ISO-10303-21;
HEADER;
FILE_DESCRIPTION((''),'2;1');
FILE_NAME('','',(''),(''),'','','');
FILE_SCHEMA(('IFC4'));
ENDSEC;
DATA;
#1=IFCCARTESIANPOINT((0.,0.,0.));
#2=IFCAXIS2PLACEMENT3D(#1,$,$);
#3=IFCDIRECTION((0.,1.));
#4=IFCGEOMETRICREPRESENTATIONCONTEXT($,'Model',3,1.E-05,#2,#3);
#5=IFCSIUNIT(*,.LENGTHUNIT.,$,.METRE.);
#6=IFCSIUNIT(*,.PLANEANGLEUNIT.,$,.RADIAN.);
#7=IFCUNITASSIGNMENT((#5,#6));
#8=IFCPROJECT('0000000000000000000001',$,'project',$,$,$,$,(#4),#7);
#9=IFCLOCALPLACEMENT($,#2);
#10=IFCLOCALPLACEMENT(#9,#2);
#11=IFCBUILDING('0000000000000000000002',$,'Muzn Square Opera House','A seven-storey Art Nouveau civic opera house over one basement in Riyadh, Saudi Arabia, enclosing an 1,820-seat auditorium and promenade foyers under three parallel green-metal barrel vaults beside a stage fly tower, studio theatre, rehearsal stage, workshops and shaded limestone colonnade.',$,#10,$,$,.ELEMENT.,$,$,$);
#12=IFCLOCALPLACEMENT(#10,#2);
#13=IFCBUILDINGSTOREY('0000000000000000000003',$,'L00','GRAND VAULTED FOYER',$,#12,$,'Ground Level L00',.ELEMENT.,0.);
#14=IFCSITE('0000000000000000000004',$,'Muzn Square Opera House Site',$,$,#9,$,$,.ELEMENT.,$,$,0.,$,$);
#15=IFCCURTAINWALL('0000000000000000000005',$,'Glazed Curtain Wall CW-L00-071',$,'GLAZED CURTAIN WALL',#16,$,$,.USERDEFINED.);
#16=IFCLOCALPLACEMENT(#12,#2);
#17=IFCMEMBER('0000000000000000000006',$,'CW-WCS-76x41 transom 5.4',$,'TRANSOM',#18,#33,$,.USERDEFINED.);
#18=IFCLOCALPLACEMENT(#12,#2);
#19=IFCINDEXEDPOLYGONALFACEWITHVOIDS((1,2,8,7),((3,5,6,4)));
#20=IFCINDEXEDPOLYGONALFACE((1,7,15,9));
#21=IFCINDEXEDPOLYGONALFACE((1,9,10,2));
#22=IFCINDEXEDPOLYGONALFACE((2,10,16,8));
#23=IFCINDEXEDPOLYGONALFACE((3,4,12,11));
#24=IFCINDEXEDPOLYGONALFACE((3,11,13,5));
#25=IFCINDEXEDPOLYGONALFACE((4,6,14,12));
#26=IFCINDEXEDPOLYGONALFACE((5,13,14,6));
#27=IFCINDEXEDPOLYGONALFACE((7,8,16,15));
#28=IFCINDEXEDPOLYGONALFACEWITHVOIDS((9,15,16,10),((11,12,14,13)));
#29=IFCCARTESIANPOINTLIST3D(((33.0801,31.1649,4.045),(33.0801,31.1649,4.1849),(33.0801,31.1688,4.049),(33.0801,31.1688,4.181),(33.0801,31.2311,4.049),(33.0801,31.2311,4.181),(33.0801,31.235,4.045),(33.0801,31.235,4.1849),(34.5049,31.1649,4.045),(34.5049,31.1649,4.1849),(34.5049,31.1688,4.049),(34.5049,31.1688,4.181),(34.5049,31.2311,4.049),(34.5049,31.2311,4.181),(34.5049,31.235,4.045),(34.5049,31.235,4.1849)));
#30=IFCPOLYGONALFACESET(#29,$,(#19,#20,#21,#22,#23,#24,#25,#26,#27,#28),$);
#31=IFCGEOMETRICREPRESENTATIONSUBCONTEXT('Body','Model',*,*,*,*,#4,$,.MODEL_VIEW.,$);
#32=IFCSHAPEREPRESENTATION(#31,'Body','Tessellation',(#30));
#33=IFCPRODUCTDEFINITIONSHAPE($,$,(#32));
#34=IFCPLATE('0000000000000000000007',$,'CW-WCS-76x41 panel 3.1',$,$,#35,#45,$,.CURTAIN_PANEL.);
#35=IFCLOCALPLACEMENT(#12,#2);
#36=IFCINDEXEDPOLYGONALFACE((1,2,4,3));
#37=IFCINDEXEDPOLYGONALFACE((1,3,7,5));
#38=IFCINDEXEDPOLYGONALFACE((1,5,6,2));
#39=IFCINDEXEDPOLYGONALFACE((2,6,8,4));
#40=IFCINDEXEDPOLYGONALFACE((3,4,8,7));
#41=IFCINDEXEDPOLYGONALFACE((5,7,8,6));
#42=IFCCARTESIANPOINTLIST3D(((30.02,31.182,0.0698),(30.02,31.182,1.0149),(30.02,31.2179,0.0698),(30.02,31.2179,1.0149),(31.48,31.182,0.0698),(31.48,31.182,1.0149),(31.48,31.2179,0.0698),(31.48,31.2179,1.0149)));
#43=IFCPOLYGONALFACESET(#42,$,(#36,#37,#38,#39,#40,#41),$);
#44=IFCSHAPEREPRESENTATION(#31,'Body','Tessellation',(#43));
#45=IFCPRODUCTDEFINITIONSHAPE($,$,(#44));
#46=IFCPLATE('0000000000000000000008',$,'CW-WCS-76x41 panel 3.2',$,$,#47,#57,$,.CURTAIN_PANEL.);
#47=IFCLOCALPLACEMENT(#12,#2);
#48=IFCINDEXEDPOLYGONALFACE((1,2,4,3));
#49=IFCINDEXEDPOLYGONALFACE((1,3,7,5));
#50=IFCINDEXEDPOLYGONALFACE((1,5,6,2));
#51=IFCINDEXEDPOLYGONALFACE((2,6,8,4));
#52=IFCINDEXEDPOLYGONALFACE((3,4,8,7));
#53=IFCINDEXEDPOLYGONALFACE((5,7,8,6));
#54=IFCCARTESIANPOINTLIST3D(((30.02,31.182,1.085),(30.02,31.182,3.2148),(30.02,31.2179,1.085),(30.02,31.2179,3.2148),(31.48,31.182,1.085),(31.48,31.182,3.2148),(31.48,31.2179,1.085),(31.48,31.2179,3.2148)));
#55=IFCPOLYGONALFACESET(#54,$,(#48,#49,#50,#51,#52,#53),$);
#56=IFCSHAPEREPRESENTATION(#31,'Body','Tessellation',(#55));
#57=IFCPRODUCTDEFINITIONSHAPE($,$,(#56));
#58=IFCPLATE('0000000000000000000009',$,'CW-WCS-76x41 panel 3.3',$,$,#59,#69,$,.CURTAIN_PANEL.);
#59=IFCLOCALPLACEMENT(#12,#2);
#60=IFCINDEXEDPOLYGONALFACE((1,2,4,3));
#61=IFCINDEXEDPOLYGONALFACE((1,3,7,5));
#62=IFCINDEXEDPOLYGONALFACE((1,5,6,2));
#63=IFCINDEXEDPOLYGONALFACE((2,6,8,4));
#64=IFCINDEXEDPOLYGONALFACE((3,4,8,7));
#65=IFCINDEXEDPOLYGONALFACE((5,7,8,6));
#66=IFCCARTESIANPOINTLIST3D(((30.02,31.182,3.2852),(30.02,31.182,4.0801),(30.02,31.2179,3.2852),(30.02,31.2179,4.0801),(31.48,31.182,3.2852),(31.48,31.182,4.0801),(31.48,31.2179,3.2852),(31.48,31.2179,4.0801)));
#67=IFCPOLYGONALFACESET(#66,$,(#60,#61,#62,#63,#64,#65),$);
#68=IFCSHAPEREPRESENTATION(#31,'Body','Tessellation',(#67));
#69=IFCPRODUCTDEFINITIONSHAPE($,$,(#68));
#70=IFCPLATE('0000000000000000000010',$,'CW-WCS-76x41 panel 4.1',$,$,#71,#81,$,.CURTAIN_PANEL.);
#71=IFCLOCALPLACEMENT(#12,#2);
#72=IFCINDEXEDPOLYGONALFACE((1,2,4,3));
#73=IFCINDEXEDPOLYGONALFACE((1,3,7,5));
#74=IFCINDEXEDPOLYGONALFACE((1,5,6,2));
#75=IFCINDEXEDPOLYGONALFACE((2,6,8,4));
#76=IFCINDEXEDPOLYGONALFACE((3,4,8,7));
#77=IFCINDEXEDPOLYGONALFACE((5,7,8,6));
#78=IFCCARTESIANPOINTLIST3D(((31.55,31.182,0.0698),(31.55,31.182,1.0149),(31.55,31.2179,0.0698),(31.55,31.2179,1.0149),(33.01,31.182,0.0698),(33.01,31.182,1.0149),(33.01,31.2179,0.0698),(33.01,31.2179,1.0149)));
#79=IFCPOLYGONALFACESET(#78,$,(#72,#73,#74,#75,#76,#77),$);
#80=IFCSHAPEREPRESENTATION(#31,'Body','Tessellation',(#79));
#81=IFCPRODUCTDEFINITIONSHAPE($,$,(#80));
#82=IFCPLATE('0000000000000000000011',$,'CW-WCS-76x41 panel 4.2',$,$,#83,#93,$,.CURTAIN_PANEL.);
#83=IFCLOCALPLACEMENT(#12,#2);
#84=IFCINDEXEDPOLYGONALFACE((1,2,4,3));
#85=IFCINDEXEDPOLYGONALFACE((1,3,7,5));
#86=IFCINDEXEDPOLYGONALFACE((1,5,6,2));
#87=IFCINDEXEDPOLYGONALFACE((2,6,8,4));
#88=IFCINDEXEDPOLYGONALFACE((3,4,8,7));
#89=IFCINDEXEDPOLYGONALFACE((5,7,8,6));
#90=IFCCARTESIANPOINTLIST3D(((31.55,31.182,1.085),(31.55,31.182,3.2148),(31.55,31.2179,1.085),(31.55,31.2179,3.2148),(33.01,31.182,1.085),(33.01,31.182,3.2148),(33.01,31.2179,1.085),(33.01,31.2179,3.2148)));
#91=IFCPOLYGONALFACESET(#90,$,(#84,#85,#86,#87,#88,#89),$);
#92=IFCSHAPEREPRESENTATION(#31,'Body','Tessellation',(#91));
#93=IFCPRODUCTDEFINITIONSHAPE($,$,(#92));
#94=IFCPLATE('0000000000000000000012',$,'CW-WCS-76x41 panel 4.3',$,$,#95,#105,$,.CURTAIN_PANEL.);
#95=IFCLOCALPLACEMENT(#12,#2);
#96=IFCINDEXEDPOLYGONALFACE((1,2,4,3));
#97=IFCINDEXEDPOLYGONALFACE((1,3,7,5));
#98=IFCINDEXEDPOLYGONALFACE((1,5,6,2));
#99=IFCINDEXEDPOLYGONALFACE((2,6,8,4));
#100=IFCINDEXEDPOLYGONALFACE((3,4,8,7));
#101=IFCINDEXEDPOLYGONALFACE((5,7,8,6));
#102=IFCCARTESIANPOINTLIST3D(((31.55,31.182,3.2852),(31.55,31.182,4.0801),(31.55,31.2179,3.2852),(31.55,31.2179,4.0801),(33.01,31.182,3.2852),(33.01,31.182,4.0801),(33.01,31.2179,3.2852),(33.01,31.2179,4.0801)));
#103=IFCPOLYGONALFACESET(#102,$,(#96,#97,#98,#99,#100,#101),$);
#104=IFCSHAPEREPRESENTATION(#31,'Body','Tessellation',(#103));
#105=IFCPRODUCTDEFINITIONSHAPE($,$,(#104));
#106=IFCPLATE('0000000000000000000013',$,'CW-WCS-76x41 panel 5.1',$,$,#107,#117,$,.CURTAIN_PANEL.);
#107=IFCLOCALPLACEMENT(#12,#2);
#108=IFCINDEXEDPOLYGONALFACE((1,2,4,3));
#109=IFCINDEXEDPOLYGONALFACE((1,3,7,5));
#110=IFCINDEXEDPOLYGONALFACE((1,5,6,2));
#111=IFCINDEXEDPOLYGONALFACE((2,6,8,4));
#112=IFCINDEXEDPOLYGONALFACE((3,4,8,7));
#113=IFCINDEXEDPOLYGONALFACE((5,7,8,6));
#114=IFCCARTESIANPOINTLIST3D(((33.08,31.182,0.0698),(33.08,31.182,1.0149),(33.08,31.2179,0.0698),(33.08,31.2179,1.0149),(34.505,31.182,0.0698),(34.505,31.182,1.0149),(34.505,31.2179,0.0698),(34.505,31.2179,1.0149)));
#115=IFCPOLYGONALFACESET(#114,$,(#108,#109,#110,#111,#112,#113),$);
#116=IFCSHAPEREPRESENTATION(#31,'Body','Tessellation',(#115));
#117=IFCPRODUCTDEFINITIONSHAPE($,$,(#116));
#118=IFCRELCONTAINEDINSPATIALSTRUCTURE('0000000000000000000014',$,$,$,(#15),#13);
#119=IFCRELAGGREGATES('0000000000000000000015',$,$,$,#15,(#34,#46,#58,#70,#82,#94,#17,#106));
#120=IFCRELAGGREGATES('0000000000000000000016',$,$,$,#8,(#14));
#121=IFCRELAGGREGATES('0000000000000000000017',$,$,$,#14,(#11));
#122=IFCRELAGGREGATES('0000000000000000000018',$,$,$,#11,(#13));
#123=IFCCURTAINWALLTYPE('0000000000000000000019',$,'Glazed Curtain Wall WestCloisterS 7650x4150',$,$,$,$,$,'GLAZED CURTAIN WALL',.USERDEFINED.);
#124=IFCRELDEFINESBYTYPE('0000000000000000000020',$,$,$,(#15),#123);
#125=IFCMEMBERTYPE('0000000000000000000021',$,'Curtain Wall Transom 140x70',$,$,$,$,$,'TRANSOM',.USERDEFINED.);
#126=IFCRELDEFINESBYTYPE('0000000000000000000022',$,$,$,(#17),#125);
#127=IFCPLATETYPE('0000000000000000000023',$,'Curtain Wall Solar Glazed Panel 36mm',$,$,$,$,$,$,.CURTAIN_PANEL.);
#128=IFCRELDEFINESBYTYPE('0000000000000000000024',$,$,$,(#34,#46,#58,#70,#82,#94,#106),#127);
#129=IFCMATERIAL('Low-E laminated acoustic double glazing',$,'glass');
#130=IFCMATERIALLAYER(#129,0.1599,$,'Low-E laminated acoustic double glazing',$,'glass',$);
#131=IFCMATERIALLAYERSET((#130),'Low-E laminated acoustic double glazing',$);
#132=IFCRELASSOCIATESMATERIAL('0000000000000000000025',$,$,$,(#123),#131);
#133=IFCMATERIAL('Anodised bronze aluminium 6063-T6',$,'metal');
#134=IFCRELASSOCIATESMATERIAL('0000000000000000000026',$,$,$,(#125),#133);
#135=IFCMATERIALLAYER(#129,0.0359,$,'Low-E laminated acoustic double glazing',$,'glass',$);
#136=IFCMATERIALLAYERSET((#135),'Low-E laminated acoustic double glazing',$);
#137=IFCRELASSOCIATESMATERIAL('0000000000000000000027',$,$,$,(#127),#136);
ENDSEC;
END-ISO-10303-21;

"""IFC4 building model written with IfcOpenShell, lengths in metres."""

from ifc_helpers import new_model, si_unit, direction, frame, origin, origin_2d, place, context, subcontext, project, spatial, rectangle, hollow_rectangle, extrude, material, layer, layer_set, material_profile, profile_set, type_object, element, aggregate, save


model = new_model("IFC4")

# Units and contexts
model_context = context("Model", 3, precision=1e-05, world=origin(), true_north=direction((0.0, 1.0)))
body_context = subcontext(model_context, "Body", "Model", "MODEL_VIEW")
ifc_project = project(units=[si_unit("LENGTHUNIT", "METRE"), si_unit("PLANEANGLEUNIT", "RADIAN")], contexts=[model_context])

# Site, building, storey
site_placement = place(None, origin())
site = spatial("IfcSite", under=ifc_project, at=site_placement, Name="Muzn Square Opera House Site", CompositionType="ELEMENT", RefElevation=0.0)
building_placement = place(site_placement, origin())
building = spatial("IfcBuilding", under=site, at=building_placement, Name="Muzn Square Opera House", Description="A seven-storey Art Nouveau civic opera house over one basement in Riyadh, Saudi Arabia, enclosing an 1,820-seat auditorium and promenade foyers under three parallel green-metal barrel vaults beside a stage fly tower, studio theatre, rehearsal stage, workshops and shaded limestone colonnade.", CompositionType="ELEMENT")
storey_placement = place(building_placement, origin())
storey = spatial("IfcBuildingStorey", under=building, at=storey_placement, Name="L00", Description="GRAND VAULTED FOYER", LongName="Ground Level L00", CompositionType="ELEMENT", Elevation=0.0)

# Curtain wall, member, plates
ifc_material_1 = material(Name="Low-E laminated acoustic double glazing", Category="glass")
ifc_layer_1 = layer(ifc_material_1, 0.1599, Name="Low-E laminated acoustic double glazing", Category="glass")
ifc_layer_set_1 = layer_set([ifc_layer_1], Name="Low-E laminated acoustic double glazing")
curtain_wall_type = type_object("IfcCurtainWallType", Name="Glazed Curtain Wall WestCloisterS 7650x4150", ElementType="GLAZED CURTAIN WALL", PredefinedType="USERDEFINED", material=ifc_layer_set_1)
curtain_wall_placement = place(storey_placement, origin())
curtain_wall = element("IfcCurtainWall", 1, at=curtain_wall_placement, inside=storey, type_object=curtain_wall_type, Name="Glazed Curtain Wall CW-L00-071", ObjectType="GLAZED CURTAIN WALL", PredefinedType="USERDEFINED")
ifc_material_2 = material(Name="Anodised bronze aluminium 6063-T6", Category="metal")
ifc_material_profile_1 = material_profile(ifc_material_2, hollow_rectangle(XDim=0.0701, YDim=0.1399, WallThickness=0.0039, at=origin_2d()), Name="ALU 140x70x4", Category="metal")
ifc_profile_set_1 = profile_set([ifc_material_profile_1], Name="Anodised bronze aluminium 6063-T6")
member_type_1 = type_object("IfcMemberType", Name="Curtain Wall Transom 140x70", ElementType="TRANSOM", PredefinedType="USERDEFINED", material=ifc_profile_set_1)
member_1_placement = place(storey_placement, frame((33.0801, 31.2, 4.115), z_axis=(1.0, 0.0, 0.0), x_axis=(0.0, 1.0, 0.0)))
member_1 = element("IfcMember", 2, at=member_1_placement, type_object=member_type_1, Name="CW-WCS-76x41 transom 5.4", ObjectType="TRANSOM", PredefinedType="USERDEFINED", context=body_context, shape_type="SweptSolid", body=[
    extrude(hollow_rectangle(XDim=0.0701, YDim=0.1399, WallThickness=0.0039, at=origin_2d()), origin(), (0.0, 0.0, 1.0), 1.4248),
])
ifc_layer_2 = layer(ifc_material_1, 0.0359, Name="Low-E laminated acoustic double glazing", Category="glass")
ifc_layer_set_2 = layer_set([ifc_layer_2], Name="Low-E laminated acoustic double glazing")
plate_type = type_object("IfcPlateType", Name="Curtain Wall Solar Glazed Panel 36mm", PredefinedType="CURTAIN_PANEL", material=ifc_layer_set_2)
plate_1_placement = place(storey_placement, frame((30.75, 31.2, 0.0698), z_axis=(0.0, 0.0, 1.0), x_axis=(1.0, 0.0, 0.0)))
plate_1 = element("IfcPlate", 3, at=plate_1_placement, type_object=plate_type, Name="CW-WCS-76x41 panel 3.1", PredefinedType="CURTAIN_PANEL", context=body_context, shape_type="SweptSolid", body=[
    extrude(rectangle(XDim=1.46, YDim=0.0359, at=origin_2d()), origin(), (0.0, 0.0, 1.0), 0.9451),
])
plate_2_placement = place(storey_placement, frame((30.75, 31.2, 1.085), z_axis=(0.0, 0.0, 1.0), x_axis=(1.0, 0.0, 0.0)))
plate_2 = element("IfcPlate", 4, at=plate_2_placement, type_object=plate_type, Name="CW-WCS-76x41 panel 3.2", PredefinedType="CURTAIN_PANEL", context=body_context, shape_type="SweptSolid", body=[
    extrude(rectangle(XDim=1.46, YDim=0.0359, at=origin_2d()), origin(), (0.0, 0.0, 1.0), 2.1299),
])
plate_3_placement = place(storey_placement, frame((30.75, 31.2, 3.2852), z_axis=(0.0, 0.0, 1.0), x_axis=(1.0, 0.0, 0.0)))
plate_3 = element("IfcPlate", 5, at=plate_3_placement, type_object=plate_type, Name="CW-WCS-76x41 panel 3.3", PredefinedType="CURTAIN_PANEL", context=body_context, shape_type="SweptSolid", body=[
    extrude(rectangle(XDim=1.46, YDim=0.0359, at=origin_2d()), origin(), (0.0, 0.0, 1.0), 0.7949),
])
plate_4_placement = place(storey_placement, frame((32.28, 31.2, 0.0698), z_axis=(0.0, 0.0, 1.0), x_axis=(1.0, 0.0, 0.0)))
plate_4 = element("IfcPlate", 6, at=plate_4_placement, type_object=plate_type, Name="CW-WCS-76x41 panel 4.1", PredefinedType="CURTAIN_PANEL", context=body_context, shape_type="SweptSolid", body=[
    extrude(rectangle(XDim=1.46, YDim=0.0359, at=origin_2d()), origin(), (0.0, 0.0, 1.0), 0.9451),
])
plate_5_placement = place(storey_placement, frame((32.28, 31.2, 1.085), z_axis=(0.0, 0.0, 1.0), x_axis=(1.0, 0.0, 0.0)))
plate_5 = element("IfcPlate", 7, at=plate_5_placement, type_object=plate_type, Name="CW-WCS-76x41 panel 4.2", PredefinedType="CURTAIN_PANEL", context=body_context, shape_type="SweptSolid", body=[
    extrude(rectangle(XDim=1.46, YDim=0.0359, at=origin_2d()), origin(), (0.0, 0.0, 1.0), 2.1299),
])
plate_6_placement = place(storey_placement, frame((32.28, 31.2, 3.2852), z_axis=(0.0, 0.0, 1.0), x_axis=(1.0, 0.0, 0.0)))
plate_6 = element("IfcPlate", 8, at=plate_6_placement, type_object=plate_type, Name="CW-WCS-76x41 panel 4.3", PredefinedType="CURTAIN_PANEL", context=body_context, shape_type="SweptSolid", body=[
    extrude(rectangle(XDim=1.46, YDim=0.0359, at=origin_2d()), origin(), (0.0, 0.0, 1.0), 0.7949),
])
plate_7_placement = place(storey_placement, frame((33.7925, 31.2, 0.0698), z_axis=(0.0, 0.0, 1.0), x_axis=(1.0, 0.0, 0.0)))
plate_7 = element("IfcPlate", 9, at=plate_7_placement, type_object=plate_type, Name="CW-WCS-76x41 panel 5.1", PredefinedType="CURTAIN_PANEL", context=body_context, shape_type="SweptSolid", body=[
    extrude(rectangle(XDim=1.425, YDim=0.0359, at=origin_2d()), origin(), (0.0, 0.0, 1.0), 0.9451),
])
aggregate(curtain_wall, [plate_1, plate_2, plate_3, plate_4, plate_5, plate_6, member_1, plate_7])

save(model, "model.ifc")
